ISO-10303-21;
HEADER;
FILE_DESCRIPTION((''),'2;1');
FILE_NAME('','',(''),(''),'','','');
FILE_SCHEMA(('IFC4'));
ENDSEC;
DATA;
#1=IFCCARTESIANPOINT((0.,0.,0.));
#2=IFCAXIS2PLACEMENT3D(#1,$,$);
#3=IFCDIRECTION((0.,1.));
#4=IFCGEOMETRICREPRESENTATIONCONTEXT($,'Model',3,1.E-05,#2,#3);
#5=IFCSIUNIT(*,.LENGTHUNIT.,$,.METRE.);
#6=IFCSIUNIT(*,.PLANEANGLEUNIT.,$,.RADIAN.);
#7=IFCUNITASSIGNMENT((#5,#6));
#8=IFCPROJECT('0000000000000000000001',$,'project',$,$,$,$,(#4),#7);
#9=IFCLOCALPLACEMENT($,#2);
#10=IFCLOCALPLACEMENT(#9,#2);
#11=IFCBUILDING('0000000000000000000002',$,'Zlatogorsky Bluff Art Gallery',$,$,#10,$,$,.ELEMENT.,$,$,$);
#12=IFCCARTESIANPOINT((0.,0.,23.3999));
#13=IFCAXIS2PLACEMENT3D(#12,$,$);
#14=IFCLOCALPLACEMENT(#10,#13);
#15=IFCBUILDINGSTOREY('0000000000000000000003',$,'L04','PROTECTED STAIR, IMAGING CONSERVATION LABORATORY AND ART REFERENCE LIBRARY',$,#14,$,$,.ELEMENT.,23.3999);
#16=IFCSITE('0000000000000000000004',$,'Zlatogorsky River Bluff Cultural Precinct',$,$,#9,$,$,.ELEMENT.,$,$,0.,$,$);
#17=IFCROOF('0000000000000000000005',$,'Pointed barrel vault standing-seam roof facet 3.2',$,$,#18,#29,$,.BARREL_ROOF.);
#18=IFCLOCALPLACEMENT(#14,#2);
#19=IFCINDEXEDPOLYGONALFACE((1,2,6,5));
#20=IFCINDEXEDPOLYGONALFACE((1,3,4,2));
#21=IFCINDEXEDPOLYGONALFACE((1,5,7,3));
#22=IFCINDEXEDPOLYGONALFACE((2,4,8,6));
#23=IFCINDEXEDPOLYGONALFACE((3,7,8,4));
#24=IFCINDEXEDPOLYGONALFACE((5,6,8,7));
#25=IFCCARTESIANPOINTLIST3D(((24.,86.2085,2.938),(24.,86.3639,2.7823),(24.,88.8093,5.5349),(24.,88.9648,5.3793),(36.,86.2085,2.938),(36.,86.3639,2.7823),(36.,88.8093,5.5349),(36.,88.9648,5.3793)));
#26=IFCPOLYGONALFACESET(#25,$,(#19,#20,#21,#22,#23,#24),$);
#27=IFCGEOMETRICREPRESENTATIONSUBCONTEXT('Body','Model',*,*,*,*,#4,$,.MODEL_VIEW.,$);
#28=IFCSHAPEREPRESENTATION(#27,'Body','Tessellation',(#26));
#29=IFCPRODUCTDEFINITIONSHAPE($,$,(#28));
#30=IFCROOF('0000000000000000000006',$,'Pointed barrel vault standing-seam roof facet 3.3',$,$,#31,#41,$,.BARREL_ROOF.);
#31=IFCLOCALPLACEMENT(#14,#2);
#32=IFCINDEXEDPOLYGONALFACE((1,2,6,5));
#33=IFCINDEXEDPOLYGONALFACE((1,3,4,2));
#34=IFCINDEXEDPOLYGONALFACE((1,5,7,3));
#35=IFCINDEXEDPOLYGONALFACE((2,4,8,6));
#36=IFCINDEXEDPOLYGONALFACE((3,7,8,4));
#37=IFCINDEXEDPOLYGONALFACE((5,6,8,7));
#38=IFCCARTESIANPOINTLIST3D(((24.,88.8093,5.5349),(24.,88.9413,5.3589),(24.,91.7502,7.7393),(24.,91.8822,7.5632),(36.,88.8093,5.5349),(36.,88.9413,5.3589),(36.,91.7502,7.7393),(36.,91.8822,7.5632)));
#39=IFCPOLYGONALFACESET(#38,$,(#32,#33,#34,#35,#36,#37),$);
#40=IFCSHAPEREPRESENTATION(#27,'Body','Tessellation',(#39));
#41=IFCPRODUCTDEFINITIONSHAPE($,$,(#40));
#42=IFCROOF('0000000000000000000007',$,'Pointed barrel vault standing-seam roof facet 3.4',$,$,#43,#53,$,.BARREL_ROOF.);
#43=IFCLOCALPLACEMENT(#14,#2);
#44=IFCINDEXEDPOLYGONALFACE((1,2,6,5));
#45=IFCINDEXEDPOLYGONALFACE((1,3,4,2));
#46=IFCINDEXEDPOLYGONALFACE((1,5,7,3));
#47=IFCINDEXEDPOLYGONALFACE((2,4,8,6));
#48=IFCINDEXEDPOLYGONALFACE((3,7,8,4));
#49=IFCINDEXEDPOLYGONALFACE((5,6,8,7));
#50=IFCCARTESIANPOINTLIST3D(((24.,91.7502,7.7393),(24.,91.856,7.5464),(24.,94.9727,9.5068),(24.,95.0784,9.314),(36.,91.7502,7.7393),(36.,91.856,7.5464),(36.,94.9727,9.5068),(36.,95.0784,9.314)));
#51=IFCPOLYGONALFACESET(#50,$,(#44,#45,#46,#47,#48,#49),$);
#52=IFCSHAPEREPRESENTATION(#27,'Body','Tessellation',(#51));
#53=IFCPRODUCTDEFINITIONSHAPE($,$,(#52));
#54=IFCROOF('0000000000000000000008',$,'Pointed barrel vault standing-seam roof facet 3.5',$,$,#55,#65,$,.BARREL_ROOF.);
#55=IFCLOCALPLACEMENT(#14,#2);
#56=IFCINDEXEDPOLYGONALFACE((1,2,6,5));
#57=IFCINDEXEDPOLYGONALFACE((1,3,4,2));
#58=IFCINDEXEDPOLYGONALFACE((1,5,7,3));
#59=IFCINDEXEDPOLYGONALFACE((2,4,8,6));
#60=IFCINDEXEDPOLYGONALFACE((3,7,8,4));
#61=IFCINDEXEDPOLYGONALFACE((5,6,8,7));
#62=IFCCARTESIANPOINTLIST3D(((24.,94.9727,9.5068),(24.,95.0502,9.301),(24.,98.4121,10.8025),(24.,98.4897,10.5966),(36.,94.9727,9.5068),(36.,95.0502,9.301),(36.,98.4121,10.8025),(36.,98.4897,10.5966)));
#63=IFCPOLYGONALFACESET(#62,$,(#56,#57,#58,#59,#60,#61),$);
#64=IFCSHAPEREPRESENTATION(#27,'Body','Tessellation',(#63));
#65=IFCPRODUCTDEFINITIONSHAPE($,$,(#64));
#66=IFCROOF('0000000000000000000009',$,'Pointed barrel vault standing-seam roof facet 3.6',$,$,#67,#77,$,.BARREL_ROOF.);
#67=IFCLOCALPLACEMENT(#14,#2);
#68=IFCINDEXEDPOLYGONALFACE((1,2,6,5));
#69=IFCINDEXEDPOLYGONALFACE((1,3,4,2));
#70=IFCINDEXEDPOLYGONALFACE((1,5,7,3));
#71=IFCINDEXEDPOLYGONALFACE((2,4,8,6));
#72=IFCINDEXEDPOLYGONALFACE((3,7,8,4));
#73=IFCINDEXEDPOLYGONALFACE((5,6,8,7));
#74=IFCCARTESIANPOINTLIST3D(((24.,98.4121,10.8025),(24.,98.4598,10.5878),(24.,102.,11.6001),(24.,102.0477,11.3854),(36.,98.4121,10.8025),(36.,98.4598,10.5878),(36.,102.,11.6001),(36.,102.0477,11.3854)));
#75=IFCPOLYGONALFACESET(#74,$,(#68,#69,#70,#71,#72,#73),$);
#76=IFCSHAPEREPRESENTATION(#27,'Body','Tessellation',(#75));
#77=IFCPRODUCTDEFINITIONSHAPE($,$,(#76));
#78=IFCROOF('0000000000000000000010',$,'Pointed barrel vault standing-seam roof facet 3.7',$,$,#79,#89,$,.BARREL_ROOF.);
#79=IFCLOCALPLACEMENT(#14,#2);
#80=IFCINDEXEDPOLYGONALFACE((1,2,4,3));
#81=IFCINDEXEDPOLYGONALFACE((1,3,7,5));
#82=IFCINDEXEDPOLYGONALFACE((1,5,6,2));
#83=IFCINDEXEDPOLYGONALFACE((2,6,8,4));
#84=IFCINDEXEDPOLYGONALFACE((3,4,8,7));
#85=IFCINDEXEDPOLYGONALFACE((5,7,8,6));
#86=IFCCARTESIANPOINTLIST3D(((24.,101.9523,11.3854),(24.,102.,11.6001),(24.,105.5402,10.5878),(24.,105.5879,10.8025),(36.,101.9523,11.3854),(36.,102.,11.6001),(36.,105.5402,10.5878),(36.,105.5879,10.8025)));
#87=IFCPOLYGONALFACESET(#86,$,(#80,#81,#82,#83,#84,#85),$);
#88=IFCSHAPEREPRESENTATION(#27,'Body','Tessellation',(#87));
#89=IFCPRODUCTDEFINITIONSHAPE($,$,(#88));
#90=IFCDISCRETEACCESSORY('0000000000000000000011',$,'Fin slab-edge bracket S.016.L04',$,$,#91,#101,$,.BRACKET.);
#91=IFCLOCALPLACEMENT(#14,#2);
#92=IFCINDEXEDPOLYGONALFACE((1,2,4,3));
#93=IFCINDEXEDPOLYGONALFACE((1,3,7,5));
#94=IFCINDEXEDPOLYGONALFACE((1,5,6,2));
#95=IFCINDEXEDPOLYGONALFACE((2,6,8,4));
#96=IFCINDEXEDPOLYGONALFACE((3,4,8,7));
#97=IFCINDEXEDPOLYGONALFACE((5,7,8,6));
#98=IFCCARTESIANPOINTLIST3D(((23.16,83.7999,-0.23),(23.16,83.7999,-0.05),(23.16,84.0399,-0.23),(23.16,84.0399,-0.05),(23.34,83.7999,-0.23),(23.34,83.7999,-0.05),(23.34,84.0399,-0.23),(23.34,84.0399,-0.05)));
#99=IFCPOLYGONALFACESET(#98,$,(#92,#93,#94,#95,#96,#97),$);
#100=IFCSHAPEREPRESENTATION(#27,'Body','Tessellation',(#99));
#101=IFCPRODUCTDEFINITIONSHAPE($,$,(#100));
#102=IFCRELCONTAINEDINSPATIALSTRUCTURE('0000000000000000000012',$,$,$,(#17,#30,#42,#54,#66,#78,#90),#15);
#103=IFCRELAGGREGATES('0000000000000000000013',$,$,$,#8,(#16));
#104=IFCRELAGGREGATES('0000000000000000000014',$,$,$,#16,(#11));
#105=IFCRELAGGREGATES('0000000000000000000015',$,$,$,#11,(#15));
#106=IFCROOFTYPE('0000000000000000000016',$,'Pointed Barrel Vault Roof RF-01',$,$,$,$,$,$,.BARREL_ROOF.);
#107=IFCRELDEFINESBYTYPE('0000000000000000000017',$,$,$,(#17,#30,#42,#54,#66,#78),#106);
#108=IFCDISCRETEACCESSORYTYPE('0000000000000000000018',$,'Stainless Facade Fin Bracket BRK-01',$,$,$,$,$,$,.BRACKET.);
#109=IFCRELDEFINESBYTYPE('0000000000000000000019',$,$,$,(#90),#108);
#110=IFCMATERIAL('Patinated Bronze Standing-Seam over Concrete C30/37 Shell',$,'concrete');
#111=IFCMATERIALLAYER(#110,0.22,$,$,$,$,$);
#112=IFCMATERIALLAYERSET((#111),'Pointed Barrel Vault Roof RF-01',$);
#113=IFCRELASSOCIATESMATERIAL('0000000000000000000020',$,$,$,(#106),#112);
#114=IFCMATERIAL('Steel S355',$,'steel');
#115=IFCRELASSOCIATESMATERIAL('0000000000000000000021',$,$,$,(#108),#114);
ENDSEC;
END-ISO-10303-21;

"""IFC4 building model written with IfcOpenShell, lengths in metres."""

from ifc_helpers import new_model, si_unit, direction, frame, origin, origin_2d, place, context, subcontext, project, spatial, polyline, rectangle, outline, extrude, material, layer, layer_set, type_object, element, save


model = new_model("IFC4")

# Units and contexts
model_context = context("Model", 3, precision=1e-05, world=origin(), true_north=direction((0.0, 1.0)))
body_context = subcontext(model_context, "Body", "Model", "MODEL_VIEW")
ifc_project = project(units=[si_unit("LENGTHUNIT", "METRE"), si_unit("PLANEANGLEUNIT", "RADIAN")], contexts=[model_context])

# Site, building, storey
site_placement = place(None, origin())
site = spatial("IfcSite", under=ifc_project, at=site_placement, Name="Zlatogorsky River Bluff Cultural Precinct", CompositionType="ELEMENT", RefElevation=0.0)
building_placement = place(site_placement, origin())
building = spatial("IfcBuilding", under=site, at=building_placement, Name="Zlatogorsky Bluff Art Gallery", CompositionType="ELEMENT")
storey_placement = place(building_placement, frame((0.0, 0.0, 23.3999)))
storey = spatial("IfcBuildingStorey", under=building, at=storey_placement, Name="L04", Description="PROTECTED STAIR, IMAGING CONSERVATION LABORATORY AND ART REFERENCE LIBRARY", CompositionType="ELEMENT", Elevation=23.3999)

# Shared definitions
ifc_material_1 = material(Name="Steel S355", Category="steel")

# Roofs
ifc_material_2 = material(Name="Patinated Bronze Standing-Seam over Concrete C30/37 Shell", Category="concrete")
ifc_layer_1 = layer(ifc_material_2, 0.22)
ifc_layer_set_1 = layer_set([ifc_layer_1], Name="Pointed Barrel Vault Roof RF-01")
roof_type = type_object("IfcRoofType", Name="Pointed Barrel Vault Roof RF-01", PredefinedType="BARREL_ROOF", material=ifc_layer_set_1)
roof_1_placement = place(storey_placement, frame((24.0, 86.2085, 2.938), z_axis=(0.0, -0.706575, 0.707638), x_axis=(1.0, 0.0, 0.0)))
element("IfcRoof", 1, at=roof_1_placement, inside=storey, type_object=roof_type, Name="Pointed barrel vault standing-seam roof facet 3.2", PredefinedType="BARREL_ROOF", context=body_context, shape_type="SweptSolid", body=[
    extrude(outline(polyline([(0.0, 0.0), (12.0, 0.0), (12.0, 3.6754), (0.0, 3.6754), (0.0, 0.0)])), origin(), (0.0, 0.0, -1.0), 0.22),
])
roof_2_placement = place(storey_placement, frame((24.0, 88.8093, 5.5349), z_axis=(0.0, -0.599766, 0.800175), x_axis=(1.0, 0.0, 0.0)))
element("IfcRoof", 2, at=roof_2_placement, inside=storey, type_object=roof_type, Name="Pointed barrel vault standing-seam roof facet 3.3", PredefinedType="BARREL_ROOF", context=body_context, shape_type="SweptSolid", body=[
    extrude(outline(polyline([(0.0, 0.0), (12.0, 0.0), (12.0, 3.6753), (0.0, 3.6753), (0.0, 0.0)])), origin(), (0.0, 0.0, -1.0), 0.22),
])
roof_3_placement = place(storey_placement, frame((24.0, 91.7502, 7.7393), z_axis=(0.0, -0.480927, 0.876761), x_axis=(1.0, 0.0, 0.0)))
element("IfcRoof", 3, at=roof_3_placement, inside=storey, type_object=roof_type, Name="Pointed barrel vault standing-seam roof facet 3.4", PredefinedType="BARREL_ROOF", context=body_context, shape_type="SweptSolid", body=[
    extrude(outline(polyline([(0.0, 0.0), (12.0, 0.0), (12.0, 3.6754), (0.0, 3.6754), (0.0, 0.0)])), origin(), (0.0, 0.0, -1.0), 0.22),
])
roof_4_placement = place(storey_placement, frame((24.0, 94.9727, 9.5068), z_axis=(0.0, -0.352521, 0.935804), x_axis=(1.0, 0.0, 0.0)))
element("IfcRoof", 4, at=roof_4_placement, inside=storey, type_object=roof_type, Name="Pointed barrel vault standing-seam roof facet 3.5", PredefinedType="BARREL_ROOF", context=body_context, shape_type="SweptSolid", body=[
    extrude(outline(polyline([(0.0, 0.0), (12.0, 0.0), (12.0, 3.6754), (0.0, 3.6754), (0.0, 0.0)])), origin(), (0.0, 0.0, -1.0), 0.22),
])
for number, where, z_axis, x_axis, name in (
    (5, (24.0, 98.4121, 10.8025), (0.0, -0.217008, 0.97617), (1.0, 0.0, 0.0), "Pointed barrel vault standing-seam roof facet 3.6"),
    (6, (24.0, 102.0, 11.6001), (0.0, 0.217008, 0.97617), (1.0, 0.0, 0.0), "Pointed barrel vault standing-seam roof facet 3.7"),
):
    element("IfcRoof", number, at=place(storey_placement, frame(where, z_axis=z_axis, x_axis=x_axis)), inside=storey, type_object=roof_type, Name=name, PredefinedType="BARREL_ROOF", context=body_context, shape_type="SweptSolid", body=[
        extrude(outline(polyline([(0.0, 0.0), (12.0, 0.0), (12.0, 3.6755), (0.0, 3.6755), (0.0, 0.0)])), origin(), (0.0, 0.0, -1.0), 0.22),
    ])

# Discrete accessory
discrete_accessory_type = type_object("IfcDiscreteAccessoryType", Name="Stainless Facade Fin Bracket BRK-01", PredefinedType="BRACKET", material=ifc_material_1)
discrete_accessory_placement = place(storey_placement, frame((23.25, 83.9199, -0.23), z_axis=(0.0, 0.0, 1.0), x_axis=(1.0, 0.0, 0.0)))
element("IfcDiscreteAccessory", 7, at=discrete_accessory_placement, inside=storey, type_object=discrete_accessory_type, Name="Fin slab-edge bracket S.016.L04", PredefinedType="BRACKET", context=body_context, shape_type="SweptSolid", body=[
    extrude(rectangle(XDim=0.1799, YDim=0.24, at=origin_2d()), origin(), (0.0, 0.0, 1.0), 0.1799),
])

save(model, "model.ifc")
